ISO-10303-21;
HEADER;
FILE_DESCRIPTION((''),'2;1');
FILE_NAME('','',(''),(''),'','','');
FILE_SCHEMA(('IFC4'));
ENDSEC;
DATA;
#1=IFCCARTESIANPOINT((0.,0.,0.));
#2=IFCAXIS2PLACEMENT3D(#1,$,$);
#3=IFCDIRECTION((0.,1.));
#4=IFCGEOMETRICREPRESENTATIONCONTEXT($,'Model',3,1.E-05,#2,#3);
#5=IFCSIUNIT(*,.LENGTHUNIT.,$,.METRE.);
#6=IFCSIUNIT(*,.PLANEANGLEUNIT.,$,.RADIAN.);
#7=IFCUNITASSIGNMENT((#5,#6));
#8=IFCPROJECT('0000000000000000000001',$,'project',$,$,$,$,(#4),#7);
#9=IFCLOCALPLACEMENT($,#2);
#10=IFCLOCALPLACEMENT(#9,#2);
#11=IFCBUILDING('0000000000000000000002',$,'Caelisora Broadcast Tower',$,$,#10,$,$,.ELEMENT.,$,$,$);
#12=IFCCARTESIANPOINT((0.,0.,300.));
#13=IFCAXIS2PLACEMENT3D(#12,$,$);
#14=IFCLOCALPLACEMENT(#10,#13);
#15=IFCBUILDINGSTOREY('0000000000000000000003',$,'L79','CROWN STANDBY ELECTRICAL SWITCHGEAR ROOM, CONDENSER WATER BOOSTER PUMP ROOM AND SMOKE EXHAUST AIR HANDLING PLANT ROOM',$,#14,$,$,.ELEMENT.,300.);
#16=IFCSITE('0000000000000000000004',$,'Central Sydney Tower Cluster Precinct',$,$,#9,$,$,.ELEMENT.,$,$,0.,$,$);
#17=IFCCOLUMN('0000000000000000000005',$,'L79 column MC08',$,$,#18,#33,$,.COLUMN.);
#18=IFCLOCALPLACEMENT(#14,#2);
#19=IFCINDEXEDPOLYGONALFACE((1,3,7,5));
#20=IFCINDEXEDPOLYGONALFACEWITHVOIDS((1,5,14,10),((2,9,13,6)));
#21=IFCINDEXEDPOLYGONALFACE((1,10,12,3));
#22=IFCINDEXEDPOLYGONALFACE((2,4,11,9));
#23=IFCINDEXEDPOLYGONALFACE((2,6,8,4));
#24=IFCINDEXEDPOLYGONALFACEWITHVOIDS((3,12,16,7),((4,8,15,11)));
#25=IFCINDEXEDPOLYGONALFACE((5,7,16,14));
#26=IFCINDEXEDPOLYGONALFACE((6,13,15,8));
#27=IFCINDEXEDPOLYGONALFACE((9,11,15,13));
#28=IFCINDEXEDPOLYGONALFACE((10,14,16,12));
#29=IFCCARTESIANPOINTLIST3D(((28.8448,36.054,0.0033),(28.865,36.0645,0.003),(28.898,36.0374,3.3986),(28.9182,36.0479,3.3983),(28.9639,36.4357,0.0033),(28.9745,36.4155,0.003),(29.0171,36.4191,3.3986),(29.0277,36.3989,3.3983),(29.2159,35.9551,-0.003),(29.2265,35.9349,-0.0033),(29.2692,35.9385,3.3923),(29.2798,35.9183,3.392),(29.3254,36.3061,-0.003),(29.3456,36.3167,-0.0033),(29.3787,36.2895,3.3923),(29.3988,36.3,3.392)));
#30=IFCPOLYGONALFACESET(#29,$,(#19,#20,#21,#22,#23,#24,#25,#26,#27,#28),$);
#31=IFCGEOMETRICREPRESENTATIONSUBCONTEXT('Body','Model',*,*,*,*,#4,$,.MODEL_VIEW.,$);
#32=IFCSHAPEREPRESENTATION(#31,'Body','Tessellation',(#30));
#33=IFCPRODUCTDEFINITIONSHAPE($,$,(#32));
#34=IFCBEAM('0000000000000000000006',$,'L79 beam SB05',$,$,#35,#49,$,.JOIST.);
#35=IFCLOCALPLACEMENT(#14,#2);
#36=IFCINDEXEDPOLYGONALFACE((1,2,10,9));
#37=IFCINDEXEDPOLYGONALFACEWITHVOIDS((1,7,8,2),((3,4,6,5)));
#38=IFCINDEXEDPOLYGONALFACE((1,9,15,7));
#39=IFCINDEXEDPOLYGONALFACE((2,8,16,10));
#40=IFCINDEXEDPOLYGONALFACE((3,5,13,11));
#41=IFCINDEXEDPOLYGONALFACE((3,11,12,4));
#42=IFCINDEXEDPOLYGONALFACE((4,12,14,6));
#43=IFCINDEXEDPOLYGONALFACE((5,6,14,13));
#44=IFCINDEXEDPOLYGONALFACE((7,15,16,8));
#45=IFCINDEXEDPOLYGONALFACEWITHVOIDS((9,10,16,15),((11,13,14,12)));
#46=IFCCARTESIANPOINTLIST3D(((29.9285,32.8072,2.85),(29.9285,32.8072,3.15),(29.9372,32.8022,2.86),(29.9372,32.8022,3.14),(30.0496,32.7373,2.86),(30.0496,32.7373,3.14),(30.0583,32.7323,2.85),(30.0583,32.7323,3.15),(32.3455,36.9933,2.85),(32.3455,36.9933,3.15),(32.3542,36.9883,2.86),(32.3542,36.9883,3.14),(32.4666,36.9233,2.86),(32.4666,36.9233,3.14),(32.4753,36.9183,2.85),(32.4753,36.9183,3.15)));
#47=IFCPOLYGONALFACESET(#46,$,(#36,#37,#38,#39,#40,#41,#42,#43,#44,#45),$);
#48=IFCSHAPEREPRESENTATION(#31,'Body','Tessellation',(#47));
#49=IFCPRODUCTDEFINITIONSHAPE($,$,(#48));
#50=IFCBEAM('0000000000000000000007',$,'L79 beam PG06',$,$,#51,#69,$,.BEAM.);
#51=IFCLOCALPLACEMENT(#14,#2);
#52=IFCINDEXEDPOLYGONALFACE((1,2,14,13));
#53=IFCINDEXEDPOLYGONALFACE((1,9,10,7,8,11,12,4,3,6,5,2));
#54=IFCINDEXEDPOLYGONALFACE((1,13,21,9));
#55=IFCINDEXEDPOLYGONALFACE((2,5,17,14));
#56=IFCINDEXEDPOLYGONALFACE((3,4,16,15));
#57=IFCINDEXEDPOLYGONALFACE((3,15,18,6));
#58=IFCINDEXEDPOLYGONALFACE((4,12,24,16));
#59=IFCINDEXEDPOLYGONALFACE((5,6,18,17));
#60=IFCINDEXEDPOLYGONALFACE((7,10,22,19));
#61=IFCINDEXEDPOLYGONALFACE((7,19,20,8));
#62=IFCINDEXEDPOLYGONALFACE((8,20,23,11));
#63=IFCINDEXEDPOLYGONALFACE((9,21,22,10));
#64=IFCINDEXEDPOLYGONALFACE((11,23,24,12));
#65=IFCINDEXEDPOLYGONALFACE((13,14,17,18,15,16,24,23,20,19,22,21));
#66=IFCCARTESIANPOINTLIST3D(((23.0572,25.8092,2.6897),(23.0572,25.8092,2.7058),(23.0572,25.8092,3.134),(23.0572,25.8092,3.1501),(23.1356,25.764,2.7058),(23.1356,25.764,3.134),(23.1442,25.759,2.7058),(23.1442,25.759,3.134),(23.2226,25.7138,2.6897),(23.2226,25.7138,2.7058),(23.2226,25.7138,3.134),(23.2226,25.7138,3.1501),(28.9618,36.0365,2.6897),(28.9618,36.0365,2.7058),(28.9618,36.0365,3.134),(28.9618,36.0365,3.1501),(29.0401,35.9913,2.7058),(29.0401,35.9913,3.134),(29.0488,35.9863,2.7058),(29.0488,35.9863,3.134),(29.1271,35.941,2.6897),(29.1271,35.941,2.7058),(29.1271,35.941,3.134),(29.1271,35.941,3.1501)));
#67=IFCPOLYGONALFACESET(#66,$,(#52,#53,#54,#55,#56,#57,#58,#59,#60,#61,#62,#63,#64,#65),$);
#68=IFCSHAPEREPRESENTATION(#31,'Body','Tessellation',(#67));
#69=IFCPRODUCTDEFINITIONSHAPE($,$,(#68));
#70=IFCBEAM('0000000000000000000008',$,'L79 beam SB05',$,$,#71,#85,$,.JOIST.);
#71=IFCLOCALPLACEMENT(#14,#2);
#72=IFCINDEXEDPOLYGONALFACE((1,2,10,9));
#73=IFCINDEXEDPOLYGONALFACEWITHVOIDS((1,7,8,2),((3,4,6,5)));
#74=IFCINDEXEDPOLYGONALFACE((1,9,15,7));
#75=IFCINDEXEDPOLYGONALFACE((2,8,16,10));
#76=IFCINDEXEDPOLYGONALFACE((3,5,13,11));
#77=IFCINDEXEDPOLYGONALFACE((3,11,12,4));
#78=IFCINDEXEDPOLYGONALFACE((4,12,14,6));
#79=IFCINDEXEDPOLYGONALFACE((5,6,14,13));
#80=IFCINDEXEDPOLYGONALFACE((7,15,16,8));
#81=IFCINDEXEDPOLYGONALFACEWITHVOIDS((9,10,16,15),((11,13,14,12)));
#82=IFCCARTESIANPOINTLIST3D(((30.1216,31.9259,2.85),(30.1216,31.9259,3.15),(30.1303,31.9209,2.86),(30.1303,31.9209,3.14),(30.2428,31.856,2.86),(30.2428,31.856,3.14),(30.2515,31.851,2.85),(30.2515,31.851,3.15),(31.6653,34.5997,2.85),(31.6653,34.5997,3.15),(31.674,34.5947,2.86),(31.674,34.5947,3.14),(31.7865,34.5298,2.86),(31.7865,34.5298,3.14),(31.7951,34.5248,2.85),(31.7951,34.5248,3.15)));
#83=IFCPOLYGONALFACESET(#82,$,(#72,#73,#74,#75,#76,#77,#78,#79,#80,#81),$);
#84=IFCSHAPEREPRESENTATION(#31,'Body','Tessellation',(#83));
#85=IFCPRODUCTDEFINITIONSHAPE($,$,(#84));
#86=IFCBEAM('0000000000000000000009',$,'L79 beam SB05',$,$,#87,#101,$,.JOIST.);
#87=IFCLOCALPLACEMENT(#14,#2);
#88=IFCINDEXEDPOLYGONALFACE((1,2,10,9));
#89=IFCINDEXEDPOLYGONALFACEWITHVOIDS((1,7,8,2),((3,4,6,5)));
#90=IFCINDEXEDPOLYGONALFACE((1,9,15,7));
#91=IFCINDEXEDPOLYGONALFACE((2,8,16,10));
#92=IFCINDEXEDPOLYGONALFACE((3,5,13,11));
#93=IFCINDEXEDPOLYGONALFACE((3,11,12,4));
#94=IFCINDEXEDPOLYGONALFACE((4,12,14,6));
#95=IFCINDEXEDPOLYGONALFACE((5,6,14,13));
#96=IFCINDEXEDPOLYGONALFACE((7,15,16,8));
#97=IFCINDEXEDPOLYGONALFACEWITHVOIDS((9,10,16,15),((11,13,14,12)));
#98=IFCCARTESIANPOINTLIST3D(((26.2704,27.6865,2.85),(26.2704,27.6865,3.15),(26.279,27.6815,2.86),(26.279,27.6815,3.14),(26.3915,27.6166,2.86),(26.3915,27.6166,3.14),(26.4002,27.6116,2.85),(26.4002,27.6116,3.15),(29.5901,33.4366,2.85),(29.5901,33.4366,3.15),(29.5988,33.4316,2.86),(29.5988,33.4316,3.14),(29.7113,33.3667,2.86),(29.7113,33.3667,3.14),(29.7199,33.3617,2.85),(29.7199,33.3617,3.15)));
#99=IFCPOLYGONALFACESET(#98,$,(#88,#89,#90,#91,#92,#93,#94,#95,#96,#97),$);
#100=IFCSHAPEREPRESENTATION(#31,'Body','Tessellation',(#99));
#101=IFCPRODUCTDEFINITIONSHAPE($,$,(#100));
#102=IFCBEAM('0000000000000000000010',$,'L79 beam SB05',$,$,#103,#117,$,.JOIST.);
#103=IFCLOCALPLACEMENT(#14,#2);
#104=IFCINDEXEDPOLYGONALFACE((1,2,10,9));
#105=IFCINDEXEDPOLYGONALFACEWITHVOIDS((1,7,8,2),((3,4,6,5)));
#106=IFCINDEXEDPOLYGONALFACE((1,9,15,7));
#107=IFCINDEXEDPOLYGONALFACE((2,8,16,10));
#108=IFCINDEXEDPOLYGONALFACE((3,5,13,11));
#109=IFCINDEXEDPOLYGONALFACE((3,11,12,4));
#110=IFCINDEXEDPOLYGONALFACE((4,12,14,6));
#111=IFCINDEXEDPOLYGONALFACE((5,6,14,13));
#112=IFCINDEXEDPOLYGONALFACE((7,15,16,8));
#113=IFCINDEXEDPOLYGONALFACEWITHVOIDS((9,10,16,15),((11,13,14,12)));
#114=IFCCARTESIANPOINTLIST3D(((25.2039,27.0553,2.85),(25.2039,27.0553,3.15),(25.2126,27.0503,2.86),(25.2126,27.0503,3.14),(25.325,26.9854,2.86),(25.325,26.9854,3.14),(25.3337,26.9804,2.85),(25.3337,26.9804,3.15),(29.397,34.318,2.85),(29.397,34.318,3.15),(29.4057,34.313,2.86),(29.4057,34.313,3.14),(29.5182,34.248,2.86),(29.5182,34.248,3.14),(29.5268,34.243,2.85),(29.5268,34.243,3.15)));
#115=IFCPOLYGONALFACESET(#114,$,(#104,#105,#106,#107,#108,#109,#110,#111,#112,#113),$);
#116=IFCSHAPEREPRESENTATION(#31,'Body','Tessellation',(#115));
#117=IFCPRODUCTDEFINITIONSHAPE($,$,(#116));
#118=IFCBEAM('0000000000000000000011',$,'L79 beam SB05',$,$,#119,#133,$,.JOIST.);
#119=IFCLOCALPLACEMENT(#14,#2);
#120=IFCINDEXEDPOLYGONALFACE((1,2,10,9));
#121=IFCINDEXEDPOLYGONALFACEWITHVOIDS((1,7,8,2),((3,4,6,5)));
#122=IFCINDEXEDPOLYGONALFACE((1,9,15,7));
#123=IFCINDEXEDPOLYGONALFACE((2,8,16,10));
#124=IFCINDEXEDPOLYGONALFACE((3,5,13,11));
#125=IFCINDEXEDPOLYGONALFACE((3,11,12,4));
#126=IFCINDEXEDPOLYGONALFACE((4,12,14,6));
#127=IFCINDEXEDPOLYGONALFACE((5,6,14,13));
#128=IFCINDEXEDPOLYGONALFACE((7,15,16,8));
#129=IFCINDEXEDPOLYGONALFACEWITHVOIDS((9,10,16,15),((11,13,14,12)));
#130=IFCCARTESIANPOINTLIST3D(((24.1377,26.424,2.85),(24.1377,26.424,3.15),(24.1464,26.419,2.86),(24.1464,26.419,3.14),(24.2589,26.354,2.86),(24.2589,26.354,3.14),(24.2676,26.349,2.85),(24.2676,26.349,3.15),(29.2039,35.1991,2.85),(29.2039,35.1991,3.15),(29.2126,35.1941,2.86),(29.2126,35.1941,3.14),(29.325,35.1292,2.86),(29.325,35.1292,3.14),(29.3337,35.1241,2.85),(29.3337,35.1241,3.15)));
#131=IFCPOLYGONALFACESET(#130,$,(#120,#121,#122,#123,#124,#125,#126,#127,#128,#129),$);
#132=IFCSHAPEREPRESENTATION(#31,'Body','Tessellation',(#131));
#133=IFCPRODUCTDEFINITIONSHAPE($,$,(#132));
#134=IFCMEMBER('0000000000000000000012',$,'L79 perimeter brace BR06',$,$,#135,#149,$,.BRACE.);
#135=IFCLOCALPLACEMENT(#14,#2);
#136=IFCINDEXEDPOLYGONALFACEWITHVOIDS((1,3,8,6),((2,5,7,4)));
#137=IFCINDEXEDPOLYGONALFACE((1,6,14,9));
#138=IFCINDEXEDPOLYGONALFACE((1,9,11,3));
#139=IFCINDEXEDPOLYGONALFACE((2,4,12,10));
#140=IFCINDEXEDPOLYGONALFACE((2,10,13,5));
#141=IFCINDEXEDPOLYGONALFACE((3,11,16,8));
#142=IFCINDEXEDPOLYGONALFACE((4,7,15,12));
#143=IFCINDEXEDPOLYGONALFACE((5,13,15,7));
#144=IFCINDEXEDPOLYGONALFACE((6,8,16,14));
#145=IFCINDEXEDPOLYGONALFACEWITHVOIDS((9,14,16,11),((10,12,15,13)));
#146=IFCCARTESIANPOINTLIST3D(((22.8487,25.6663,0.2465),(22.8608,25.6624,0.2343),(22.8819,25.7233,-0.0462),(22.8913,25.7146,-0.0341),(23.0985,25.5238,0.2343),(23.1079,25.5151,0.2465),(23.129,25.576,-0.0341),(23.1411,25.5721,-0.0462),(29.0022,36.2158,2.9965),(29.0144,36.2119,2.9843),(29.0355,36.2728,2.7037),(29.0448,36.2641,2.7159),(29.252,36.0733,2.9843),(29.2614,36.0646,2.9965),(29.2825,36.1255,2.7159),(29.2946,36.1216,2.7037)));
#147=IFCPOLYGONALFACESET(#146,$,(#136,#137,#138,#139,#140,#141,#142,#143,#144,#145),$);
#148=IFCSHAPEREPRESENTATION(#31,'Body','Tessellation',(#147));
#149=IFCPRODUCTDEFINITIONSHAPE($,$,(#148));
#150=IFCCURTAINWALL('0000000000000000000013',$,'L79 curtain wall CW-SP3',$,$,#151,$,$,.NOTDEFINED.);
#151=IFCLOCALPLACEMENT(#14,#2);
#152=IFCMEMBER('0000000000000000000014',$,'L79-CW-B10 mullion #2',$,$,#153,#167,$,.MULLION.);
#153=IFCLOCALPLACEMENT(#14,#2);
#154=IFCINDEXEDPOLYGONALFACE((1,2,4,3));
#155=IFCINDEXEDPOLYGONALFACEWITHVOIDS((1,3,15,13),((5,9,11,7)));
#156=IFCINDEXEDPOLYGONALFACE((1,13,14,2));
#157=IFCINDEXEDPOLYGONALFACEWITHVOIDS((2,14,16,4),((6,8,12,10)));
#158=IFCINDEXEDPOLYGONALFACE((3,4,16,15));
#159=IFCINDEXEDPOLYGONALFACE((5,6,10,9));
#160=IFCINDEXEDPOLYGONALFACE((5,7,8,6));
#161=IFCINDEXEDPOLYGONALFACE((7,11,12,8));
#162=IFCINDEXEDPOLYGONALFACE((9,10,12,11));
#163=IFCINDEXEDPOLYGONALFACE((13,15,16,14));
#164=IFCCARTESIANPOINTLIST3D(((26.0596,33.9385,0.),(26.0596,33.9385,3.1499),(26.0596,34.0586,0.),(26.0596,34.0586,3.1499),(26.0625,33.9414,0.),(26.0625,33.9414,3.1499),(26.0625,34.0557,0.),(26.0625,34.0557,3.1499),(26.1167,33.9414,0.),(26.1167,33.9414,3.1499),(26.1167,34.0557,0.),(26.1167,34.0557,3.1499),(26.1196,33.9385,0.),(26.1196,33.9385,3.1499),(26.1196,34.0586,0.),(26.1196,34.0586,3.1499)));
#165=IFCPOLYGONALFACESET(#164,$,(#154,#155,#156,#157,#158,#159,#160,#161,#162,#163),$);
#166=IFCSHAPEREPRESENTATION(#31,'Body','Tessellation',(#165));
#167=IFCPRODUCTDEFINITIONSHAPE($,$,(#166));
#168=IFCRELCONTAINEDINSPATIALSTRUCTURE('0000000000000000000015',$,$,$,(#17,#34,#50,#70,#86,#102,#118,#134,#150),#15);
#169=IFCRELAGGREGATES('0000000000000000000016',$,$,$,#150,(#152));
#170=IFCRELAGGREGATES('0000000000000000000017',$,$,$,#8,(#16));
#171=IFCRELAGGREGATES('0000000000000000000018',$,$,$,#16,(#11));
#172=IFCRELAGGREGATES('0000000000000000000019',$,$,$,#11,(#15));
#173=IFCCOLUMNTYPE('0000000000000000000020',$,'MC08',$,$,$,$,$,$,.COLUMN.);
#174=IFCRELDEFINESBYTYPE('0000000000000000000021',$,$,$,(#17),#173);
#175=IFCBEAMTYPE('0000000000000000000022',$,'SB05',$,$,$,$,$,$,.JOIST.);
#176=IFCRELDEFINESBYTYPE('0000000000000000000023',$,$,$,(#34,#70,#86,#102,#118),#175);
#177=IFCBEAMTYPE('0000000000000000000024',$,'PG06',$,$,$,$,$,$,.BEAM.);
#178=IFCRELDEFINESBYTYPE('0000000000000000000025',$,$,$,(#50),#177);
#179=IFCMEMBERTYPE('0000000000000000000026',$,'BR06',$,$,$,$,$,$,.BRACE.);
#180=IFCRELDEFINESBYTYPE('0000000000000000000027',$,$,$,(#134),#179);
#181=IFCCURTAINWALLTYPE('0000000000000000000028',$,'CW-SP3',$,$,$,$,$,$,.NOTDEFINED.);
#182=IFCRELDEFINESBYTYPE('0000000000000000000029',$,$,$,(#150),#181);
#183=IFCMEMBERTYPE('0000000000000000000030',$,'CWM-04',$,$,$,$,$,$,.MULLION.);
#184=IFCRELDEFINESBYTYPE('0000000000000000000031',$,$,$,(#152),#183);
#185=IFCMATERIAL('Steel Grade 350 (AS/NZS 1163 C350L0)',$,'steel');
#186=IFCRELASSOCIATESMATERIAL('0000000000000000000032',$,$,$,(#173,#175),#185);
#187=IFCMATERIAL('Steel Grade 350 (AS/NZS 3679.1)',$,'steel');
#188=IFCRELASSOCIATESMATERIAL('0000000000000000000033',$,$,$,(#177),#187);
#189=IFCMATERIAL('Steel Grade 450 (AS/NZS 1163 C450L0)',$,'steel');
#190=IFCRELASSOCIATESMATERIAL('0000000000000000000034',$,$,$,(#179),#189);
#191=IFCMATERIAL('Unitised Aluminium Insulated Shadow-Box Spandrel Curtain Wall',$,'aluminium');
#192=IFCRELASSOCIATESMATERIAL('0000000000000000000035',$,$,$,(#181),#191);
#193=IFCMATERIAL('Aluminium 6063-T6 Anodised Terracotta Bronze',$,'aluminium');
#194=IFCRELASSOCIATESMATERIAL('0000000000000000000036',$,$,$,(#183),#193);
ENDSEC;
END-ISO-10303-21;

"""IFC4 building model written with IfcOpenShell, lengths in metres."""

from ifc_helpers import new_model, si_unit, direction, frame, origin, origin_2d, place, context, subcontext, project, spatial, hollow_rectangle, i_section, extrude, source, transform, mapped, material, material_profile, profile_set, type_object, type_shapes, element, aggregate, save


model = new_model("IFC4")

# Units and contexts
model_context = context("Model", 3, precision=1e-05, world=origin(), true_north=direction((0.0, 1.0)))
body_context = subcontext(model_context, "Body", "Model", "MODEL_VIEW")
ifc_project = project(units=[si_unit("LENGTHUNIT", "METRE"), si_unit("PLANEANGLEUNIT", "RADIAN")], contexts=[model_context])

# Site, building, storey
site_placement = place(None, origin())
site = spatial("IfcSite", under=ifc_project, at=site_placement, Name="Central Sydney Tower Cluster Precinct", CompositionType="ELEMENT", RefElevation=0.0)
building_placement = place(site_placement, origin())
building = spatial("IfcBuilding", under=site, at=building_placement, Name="Caelisora Broadcast Tower", CompositionType="ELEMENT")
storey_placement = place(building_placement, frame((0.0, 0.0, 300.0)))
storey = spatial("IfcBuildingStorey", under=building, at=storey_placement, Name="L79", Description="CROWN STANDBY ELECTRICAL SWITCHGEAR ROOM, CONDENSER WATER BOOSTER PUMP ROOM AND SMOKE EXHAUST AIR HANDLING PLANT ROOM", CompositionType="ELEMENT", Elevation=300.0)

# Column
ifc_material_1 = material(Name="Steel Grade 350 (AS/NZS 1163 C350L0)", Category="steel")
ifc_material_profile_1 = material_profile(ifc_material_1, hollow_rectangle(XDim=0.3999, YDim=0.3999, WallThickness=0.0161, at=origin_2d()), Name="Steel Grade 350 (AS/NZS 1163 C350L0)")
ifc_profile_set_1 = profile_set([ifc_material_profile_1], Name="Steel Grade 350 (AS/NZS 1163 C350L0)")
column_type = type_object("IfcColumnType", Name="MC08", PredefinedType="COLUMN", material=ifc_profile_set_1)
shared_shape_1 = source(origin(), body_context, "Body", "SweptSolid", [
    extrude(hollow_rectangle(XDim=0.3999, YDim=0.3999, WallThickness=0.0161, at=origin_2d()), origin(), (0.0, 0.0, 1.0), 3.3958),
])
type_shapes(column_type, [shared_shape_1])
column_placement = place(storey_placement, frame((29.0952, 36.1853, 0.0), z_axis=(0.015673, -0.004889, 0.999865), x_axis=(0.297776, 0.954636, 0.0)))
element("IfcColumn", 1, at=column_placement, inside=storey, type_object=column_type, Name="L79 column MC08", PredefinedType="COLUMN", context=body_context, shape_type="MappedRepresentation", body=[
    mapped(shared_shape_1, transform((0.0, 0.0, 0.0), scale=1.0)),
])

# Beams
ifc_material_profile_2 = material_profile(ifc_material_1, hollow_rectangle(XDim=0.1499, YDim=0.3, WallThickness=0.01, at=origin_2d()), Name="Steel Grade 350 (AS/NZS 1163 C350L0)")
ifc_profile_set_2 = profile_set([ifc_material_profile_2], Name="Steel Grade 350 (AS/NZS 1163 C350L0)")
beam_type_1 = type_object("IfcBeamType", Name="SB05", PredefinedType="JOIST", material=ifc_profile_set_2)
shared_shape_2 = source(origin(), body_context, "Body", "SweptSolid", [
    extrude(hollow_rectangle(XDim=0.1499, YDim=0.3, WallThickness=0.01, at=origin_2d()), origin(), (0.0, 0.0, 1.0), 4.8337),
])
beam_1_placement = place(storey_placement, frame((32.4104, 36.9558, 3.0), z_axis=(-0.500028, -0.866009, 0.0), x_axis=(0.866009, -0.500028, 0.0)))
element("IfcBeam", 2, at=beam_1_placement, inside=storey, type_object=beam_type_1, Name="L79 beam SB05", PredefinedType="JOIST", context=body_context, shape_type="MappedRepresentation", body=[
    mapped(shared_shape_2, transform((0.0, 0.0, 0.0), scale=1.0)),
])
ifc_material_2 = material(Name="Steel Grade 350 (AS/NZS 3679.1)", Category="steel")
ifc_material_profile_3 = material_profile(ifc_material_2, i_section(OverallWidth=0.1909, OverallDepth=0.4604, WebThickness=0.01, FlangeThickness=0.0161, at=origin_2d()), Name="Steel Grade 350 (AS/NZS 3679.1)")
ifc_profile_set_3 = profile_set([ifc_material_profile_3], Name="Steel Grade 350 (AS/NZS 3679.1)")
beam_type_2 = type_object("IfcBeamType", Name="PG06", PredefinedType="BEAM", material=ifc_profile_set_3)
shared_shape_3 = source(origin(), body_context, "Body", "SweptSolid", [
    extrude(i_section(OverallWidth=0.1909, OverallDepth=0.4604, WebThickness=0.01, FlangeThickness=0.0161, at=origin_2d()), origin(), (0.0, 0.0, 1.0), 11.8093),
])
type_shapes(beam_type_2, [shared_shape_3])
beam_2_placement = place(storey_placement, frame((29.0444, 35.9888, 2.9199), z_axis=(-0.499988, -0.866032, 0.0), x_axis=(0.866032, -0.499988, 0.0)))
element("IfcBeam", 3, at=beam_2_placement, inside=storey, type_object=beam_type_2, Name="L79 beam PG06", PredefinedType="BEAM", context=body_context, shape_type="MappedRepresentation", body=[
    mapped(shared_shape_3, transform((0.0, 0.0, 0.0), scale=1.0)),
])
shared_shape_4 = source(origin(), body_context, "Body", "SweptSolid", [
    extrude(hollow_rectangle(XDim=0.1499, YDim=0.3, WallThickness=0.01, at=origin_2d()), origin(), (0.0, 0.0, 1.0), 3.0874),
])
beam_3_placement = place(storey_placement, frame((31.7302, 34.5623, 3.0), z_axis=(-0.499992, -0.86603, 0.0), x_axis=(0.86603, -0.499992, 0.0)))
element("IfcBeam", 4, at=beam_3_placement, inside=storey, type_object=beam_type_1, Name="L79 beam SB05", PredefinedType="JOIST", context=body_context, shape_type="MappedRepresentation", body=[
    mapped(shared_shape_4, transform((0.0, 0.0, 0.0), scale=1.0)),
])
shared_shape_5 = source(origin(), body_context, "Body", "SweptSolid", [
    extrude(hollow_rectangle(XDim=0.1499, YDim=0.3, WallThickness=0.01, at=origin_2d()), origin(), (0.0, 0.0, 1.0), 6.6396),
])
beam_4_placement = place(storey_placement, frame((29.655, 33.3992, 3.0), z_axis=(-0.499991, -0.866031, 0.0), x_axis=(0.866031, -0.499991, 0.0)))
element("IfcBeam", 5, at=beam_4_placement, inside=storey, type_object=beam_type_1, Name="L79 beam SB05", PredefinedType="JOIST", context=body_context, shape_type="MappedRepresentation", body=[
    mapped(shared_shape_5, transform((0.0, 0.0, 0.0), scale=1.0)),
])
shared_shape_6 = source(origin(), body_context, "Body", "SweptSolid", [
    extrude(hollow_rectangle(XDim=0.1499, YDim=0.3, WallThickness=0.01, at=origin_2d()), origin(), (0.0, 0.0, 1.0), 8.3862),
])
beam_5_placement = place(storey_placement, frame((29.4619, 34.2805, 3.0), z_axis=(-0.5, -0.866026, 0.0), x_axis=(0.866026, -0.5, 0.0)))
element("IfcBeam", 6, at=beam_5_placement, inside=storey, type_object=beam_type_1, Name="L79 beam SB05", PredefinedType="JOIST", context=body_context, shape_type="MappedRepresentation", body=[
    mapped(shared_shape_6, transform((0.0, 0.0, 0.0), scale=1.0)),
])
shared_shape_7 = source(origin(), body_context, "Body", "SweptSolid", [
    extrude(hollow_rectangle(XDim=0.1499, YDim=0.3, WallThickness=0.01, at=origin_2d()), origin(), (0.0, 0.0, 1.0), 10.1326),
])
type_shapes(beam_type_1, [shared_shape_2, shared_shape_4, shared_shape_5, shared_shape_6, shared_shape_7])
beam_6_placement = place(storey_placement, frame((29.2688, 35.1616, 3.0), z_axis=(-0.499987, -0.866033, 0.0), x_axis=(0.866033, -0.499987, 0.0)))
element("IfcBeam", 7, at=beam_6_placement, inside=storey, type_object=beam_type_1, Name="L79 beam SB05", PredefinedType="JOIST", context=body_context, shape_type="MappedRepresentation", body=[
    mapped(shared_shape_7, transform((0.0, 0.0, 0.0), scale=1.0)),
])

# Member
ifc_material_3 = material(Name="Steel Grade 450 (AS/NZS 1163 C450L0)", Category="steel")
ifc_material_profile_4 = material_profile(ifc_material_3, hollow_rectangle(XDim=0.3, YDim=0.3, WallThickness=0.0125, at=origin_2d()), Name="Steel Grade 450 (AS/NZS 1163 C450L0)")
ifc_profile_set_4 = profile_set([ifc_material_profile_4], Name="Steel Grade 450 (AS/NZS 1163 C450L0)")
member_type_1 = type_object("IfcMemberType", Name="BR06", PredefinedType="BRACE", material=ifc_profile_set_4)
shared_shape_8 = source(origin(), body_context, "Body", "SweptSolid", [
    extrude(hollow_rectangle(XDim=0.3, YDim=0.3, WallThickness=0.0125, at=origin_2d()), origin(), (0.0, 0.0, 1.0), 12.5188),
])
type_shapes(member_type_1, [shared_shape_8])
member_1_placement = place(storey_placement, frame((29.1484, 36.1687, 2.8501), z_axis=(-0.491543, -0.842693, -0.219668), x_axis=(0.863791, -0.50385, 0.0)))
element("IfcMember", 8, at=member_1_placement, inside=storey, type_object=member_type_1, Name="L79 perimeter brace BR06", PredefinedType="BRACE", context=body_context, shape_type="MappedRepresentation", body=[
    mapped(shared_shape_8, transform((0.0, 0.0, 0.0), scale=1.0)),
])

# Curtain wall, member
ifc_material_4 = material(Name="Unitised Aluminium Insulated Shadow-Box Spandrel Curtain Wall", Category="aluminium")
curtain_wall_type = type_object("IfcCurtainWallType", Name="CW-SP3", PredefinedType="NOTDEFINED", material=ifc_material_4)
curtain_wall_1_placement = place(storey_placement, origin())
curtain_wall_1 = element("IfcCurtainWall", 9, at=curtain_wall_1_placement, inside=storey, type_object=curtain_wall_type, Name="L79 curtain wall CW-SP3", PredefinedType="NOTDEFINED")
ifc_material_5 = material(Name="Aluminium 6063-T6 Anodised Terracotta Bronze", Category="aluminium")
ifc_material_profile_5 = material_profile(ifc_material_5, hollow_rectangle(XDim=0.0601, YDim=0.1201, WallThickness=0.0029, at=origin_2d()), Name="Aluminium 6063-T6 Anodised Terracotta Bronze")
ifc_profile_set_5 = profile_set([ifc_material_profile_5], Name="Aluminium 6063-T6 Anodised Terracotta Bronze")
member_type_2 = type_object("IfcMemberType", Name="CWM-04", PredefinedType="MULLION", material=ifc_profile_set_5)
shared_shape_9 = source(origin(), body_context, "Body", "SweptSolid", [
    extrude(hollow_rectangle(XDim=0.0601, YDim=0.1201, WallThickness=0.0029, at=origin_2d()), origin(), (0.0, 0.0, 1.0), 3.1499),
])
type_shapes(member_type_2, [shared_shape_9])
member_2_placement = place(storey_placement, frame((26.0896, 33.9985, 0.0), z_axis=(0.0, 0.0, 1.0), x_axis=(1.0, 0.0, 0.0)))
member_2 = element("IfcMember", 10, at=member_2_placement, type_object=member_type_2, Name="L79-CW-B10 mullion #2", PredefinedType="MULLION", context=body_context, shape_type="MappedRepresentation", body=[
    mapped(shared_shape_9, transform((0.0, 0.0, 0.0), scale=1.0)),
])

aggregate(curtain_wall_1, [member_2])

save(model, "model.ifc")
